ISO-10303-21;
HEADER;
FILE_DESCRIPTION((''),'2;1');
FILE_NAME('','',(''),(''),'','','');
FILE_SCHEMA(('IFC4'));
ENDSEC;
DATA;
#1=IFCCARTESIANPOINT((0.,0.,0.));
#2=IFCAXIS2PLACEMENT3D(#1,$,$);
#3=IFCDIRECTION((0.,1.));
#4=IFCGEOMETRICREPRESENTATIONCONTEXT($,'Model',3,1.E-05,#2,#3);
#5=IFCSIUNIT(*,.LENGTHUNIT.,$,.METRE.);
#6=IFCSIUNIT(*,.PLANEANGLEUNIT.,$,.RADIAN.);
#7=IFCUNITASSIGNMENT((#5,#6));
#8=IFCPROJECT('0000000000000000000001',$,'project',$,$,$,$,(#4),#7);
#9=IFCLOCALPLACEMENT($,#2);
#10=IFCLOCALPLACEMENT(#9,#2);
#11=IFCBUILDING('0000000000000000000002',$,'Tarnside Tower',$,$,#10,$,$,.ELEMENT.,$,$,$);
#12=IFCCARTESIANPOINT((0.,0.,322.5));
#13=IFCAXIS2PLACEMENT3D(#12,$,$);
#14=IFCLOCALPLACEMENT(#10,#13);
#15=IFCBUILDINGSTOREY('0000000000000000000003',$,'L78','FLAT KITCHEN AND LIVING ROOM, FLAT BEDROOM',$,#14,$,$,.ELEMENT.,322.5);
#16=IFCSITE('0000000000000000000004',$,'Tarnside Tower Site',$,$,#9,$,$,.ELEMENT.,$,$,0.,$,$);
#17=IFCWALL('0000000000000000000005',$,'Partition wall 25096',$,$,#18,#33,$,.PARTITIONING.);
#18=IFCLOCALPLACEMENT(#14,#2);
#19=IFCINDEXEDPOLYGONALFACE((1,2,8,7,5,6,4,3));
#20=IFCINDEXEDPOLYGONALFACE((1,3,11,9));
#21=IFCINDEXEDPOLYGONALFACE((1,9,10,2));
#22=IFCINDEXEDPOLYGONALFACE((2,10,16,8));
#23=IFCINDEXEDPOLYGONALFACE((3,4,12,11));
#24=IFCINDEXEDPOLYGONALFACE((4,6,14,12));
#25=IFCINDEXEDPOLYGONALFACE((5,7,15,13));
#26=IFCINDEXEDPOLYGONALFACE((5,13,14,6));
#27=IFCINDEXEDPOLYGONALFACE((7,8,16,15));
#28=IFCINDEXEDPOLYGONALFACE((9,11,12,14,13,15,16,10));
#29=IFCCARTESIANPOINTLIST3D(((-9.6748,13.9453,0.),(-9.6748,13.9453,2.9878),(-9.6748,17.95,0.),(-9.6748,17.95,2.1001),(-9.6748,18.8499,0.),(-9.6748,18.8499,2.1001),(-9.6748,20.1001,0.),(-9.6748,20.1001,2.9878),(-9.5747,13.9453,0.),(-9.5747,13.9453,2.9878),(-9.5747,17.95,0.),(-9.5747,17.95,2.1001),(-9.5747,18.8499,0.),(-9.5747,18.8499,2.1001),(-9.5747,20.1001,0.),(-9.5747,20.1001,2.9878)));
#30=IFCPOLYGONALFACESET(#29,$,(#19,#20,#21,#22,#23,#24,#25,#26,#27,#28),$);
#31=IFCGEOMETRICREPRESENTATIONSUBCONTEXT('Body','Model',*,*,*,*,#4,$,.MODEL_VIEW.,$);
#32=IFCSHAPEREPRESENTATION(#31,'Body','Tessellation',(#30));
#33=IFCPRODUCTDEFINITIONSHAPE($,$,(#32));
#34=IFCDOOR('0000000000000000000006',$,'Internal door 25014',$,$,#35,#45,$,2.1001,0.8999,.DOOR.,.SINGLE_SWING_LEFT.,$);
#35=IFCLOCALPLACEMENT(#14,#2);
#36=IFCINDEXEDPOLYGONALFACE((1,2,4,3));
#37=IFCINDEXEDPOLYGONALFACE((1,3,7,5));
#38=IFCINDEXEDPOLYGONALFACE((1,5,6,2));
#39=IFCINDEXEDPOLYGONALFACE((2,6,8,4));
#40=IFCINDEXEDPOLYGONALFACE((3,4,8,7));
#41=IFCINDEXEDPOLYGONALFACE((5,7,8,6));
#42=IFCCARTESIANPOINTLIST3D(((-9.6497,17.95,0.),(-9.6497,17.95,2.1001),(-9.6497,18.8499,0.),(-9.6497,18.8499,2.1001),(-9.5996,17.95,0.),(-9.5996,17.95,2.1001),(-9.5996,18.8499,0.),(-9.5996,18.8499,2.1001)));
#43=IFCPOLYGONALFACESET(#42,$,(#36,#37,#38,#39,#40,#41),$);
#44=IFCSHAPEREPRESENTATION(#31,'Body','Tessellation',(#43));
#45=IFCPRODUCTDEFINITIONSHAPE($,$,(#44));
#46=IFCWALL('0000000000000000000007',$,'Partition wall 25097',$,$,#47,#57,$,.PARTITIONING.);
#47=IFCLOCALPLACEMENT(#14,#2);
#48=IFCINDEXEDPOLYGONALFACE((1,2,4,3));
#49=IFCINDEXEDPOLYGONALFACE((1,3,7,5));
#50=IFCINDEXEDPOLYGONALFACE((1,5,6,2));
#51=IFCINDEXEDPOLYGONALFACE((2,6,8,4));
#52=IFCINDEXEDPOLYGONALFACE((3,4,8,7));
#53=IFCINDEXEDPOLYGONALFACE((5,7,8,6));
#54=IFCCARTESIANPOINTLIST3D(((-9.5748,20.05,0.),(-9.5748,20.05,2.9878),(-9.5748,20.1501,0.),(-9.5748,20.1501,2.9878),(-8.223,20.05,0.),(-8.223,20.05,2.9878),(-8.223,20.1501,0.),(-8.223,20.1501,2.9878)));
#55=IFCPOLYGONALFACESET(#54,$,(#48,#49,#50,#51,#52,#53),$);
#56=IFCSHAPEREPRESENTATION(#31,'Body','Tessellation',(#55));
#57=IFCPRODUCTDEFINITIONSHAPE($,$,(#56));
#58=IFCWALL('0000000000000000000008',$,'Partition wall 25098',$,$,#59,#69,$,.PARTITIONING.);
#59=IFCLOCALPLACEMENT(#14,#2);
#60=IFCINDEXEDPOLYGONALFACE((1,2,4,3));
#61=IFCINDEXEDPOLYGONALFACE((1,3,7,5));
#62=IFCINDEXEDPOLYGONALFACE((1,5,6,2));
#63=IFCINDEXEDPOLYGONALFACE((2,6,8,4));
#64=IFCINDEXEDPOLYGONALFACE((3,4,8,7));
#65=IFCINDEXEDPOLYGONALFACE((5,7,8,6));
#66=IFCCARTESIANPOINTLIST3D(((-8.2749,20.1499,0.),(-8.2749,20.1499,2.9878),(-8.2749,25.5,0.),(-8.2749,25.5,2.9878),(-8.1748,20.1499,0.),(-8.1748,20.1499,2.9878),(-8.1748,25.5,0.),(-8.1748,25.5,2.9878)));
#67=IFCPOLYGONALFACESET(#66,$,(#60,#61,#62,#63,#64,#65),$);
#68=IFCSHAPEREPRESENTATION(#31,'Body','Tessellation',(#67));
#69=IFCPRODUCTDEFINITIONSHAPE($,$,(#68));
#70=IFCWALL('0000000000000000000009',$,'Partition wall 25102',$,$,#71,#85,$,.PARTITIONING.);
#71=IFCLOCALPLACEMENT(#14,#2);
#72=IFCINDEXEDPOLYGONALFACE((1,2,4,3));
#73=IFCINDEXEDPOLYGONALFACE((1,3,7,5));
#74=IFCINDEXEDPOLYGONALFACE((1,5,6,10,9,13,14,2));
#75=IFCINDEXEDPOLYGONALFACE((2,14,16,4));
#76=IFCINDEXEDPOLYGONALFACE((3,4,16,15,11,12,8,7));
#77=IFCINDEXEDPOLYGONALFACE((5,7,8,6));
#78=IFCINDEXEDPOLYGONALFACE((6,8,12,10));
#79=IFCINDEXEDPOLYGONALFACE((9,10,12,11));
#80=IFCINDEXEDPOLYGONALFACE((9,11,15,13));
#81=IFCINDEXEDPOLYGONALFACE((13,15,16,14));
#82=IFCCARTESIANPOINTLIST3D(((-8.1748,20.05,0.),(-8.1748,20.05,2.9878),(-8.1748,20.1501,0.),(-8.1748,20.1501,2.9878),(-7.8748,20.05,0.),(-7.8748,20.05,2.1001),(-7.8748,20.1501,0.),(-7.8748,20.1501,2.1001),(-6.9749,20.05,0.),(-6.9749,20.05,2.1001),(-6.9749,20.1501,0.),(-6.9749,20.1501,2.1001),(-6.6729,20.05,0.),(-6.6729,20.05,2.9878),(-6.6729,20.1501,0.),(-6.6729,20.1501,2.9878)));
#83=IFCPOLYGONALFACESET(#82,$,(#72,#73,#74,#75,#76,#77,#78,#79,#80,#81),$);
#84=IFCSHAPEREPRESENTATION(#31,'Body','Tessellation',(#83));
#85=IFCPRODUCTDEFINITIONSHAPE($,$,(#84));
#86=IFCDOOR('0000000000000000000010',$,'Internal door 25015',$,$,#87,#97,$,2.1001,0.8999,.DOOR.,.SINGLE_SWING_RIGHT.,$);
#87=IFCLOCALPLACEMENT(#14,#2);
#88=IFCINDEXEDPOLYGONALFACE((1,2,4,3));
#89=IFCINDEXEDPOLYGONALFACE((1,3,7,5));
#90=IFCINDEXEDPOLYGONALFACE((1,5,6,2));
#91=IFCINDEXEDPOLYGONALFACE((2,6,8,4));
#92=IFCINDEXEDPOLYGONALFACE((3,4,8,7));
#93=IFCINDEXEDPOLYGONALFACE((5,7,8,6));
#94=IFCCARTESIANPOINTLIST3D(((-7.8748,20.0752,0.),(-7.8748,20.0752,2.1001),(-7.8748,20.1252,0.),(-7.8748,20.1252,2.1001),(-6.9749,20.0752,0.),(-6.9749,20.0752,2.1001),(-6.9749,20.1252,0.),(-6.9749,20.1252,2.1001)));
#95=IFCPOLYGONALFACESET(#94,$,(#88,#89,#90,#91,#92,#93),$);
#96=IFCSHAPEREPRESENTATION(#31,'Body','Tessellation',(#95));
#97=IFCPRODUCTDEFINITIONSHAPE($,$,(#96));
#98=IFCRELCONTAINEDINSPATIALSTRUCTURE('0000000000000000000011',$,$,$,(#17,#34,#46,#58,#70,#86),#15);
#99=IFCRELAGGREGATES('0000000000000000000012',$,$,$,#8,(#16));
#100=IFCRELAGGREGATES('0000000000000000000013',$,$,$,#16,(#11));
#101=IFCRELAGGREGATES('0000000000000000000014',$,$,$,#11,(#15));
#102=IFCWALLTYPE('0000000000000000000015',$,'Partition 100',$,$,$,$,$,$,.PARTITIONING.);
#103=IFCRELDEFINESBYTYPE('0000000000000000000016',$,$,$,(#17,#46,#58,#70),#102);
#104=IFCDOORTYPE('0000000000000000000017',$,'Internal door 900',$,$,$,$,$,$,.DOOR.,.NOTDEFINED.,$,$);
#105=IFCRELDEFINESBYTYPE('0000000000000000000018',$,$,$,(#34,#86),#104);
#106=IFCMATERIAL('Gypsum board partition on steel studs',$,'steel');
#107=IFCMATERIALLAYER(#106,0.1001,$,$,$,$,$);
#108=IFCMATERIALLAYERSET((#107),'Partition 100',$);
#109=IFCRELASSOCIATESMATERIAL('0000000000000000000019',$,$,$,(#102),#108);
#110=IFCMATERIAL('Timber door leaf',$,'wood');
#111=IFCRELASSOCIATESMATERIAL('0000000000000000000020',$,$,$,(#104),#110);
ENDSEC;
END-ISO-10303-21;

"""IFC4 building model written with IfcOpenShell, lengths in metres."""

from ifc_helpers import new_model, si_unit, direction, frame, frame_2d, origin, place, context, subcontext, project, spatial, rectangle, extrude, material, layer, layer_set, type_object, element, fill, save


model = new_model("IFC4")

# Units and contexts
model_context = context("Model", 3, precision=1e-05, world=origin(), true_north=direction((0.0, 1.0)))
body_context = subcontext(model_context, "Body", "Model", "MODEL_VIEW")
ifc_project = project(units=[si_unit("LENGTHUNIT", "METRE"), si_unit("PLANEANGLEUNIT", "RADIAN")], contexts=[model_context])

# Site, building, storey
site_placement = place(None, origin())
site = spatial("IfcSite", under=ifc_project, at=site_placement, Name="Tarnside Tower Site", CompositionType="ELEMENT", RefElevation=0.0)
building_placement = place(site_placement, origin())
building = spatial("IfcBuilding", under=site, at=building_placement, Name="Tarnside Tower", CompositionType="ELEMENT")
storey_placement = place(building_placement, frame((0.0, 0.0, 322.5)))
storey = spatial("IfcBuildingStorey", under=building, at=storey_placement, Name="L78", Description="FLAT KITCHEN AND LIVING ROOM, FLAT BEDROOM", CompositionType="ELEMENT", Elevation=322.5)

# Shared definitions
ifc_material_1 = material(Name="Gypsum board partition on steel studs", Category="steel")
ifc_material_2 = material(Name="Timber door leaf", Category="wood")

# Wall, opening, door
ifc_layer_1 = layer(ifc_material_1, 0.1001)
ifc_layer_set_1 = layer_set([ifc_layer_1], Name="Partition 100")
wall_type_1 = type_object("IfcWallType", Name="Partition 100", PredefinedType="PARTITIONING", material=ifc_layer_set_1)
wall_1_placement = place(storey_placement, frame((-9.6248, 13.9453, 0.0), z_axis=(0.0, 0.0, 1.0), x_axis=(0.0, 1.0, 0.0)))
wall_1 = element("IfcWall", 1, at=wall_1_placement, inside=storey, type_object=wall_type_1, Name="Partition wall 25096", PredefinedType="PARTITIONING", context=body_context, shape_type="SweptSolid", body=[
    extrude(rectangle(XDim=6.1548, YDim=0.1001, at=frame_2d((3.0774, 0.0))), origin(), (0.0, 0.0, 1.0), 2.9878),
])
opening_1_placement = place(wall_1_placement, frame((4.0046, 0.0, 0.0)))
opening_1 = element("IfcOpeningElement", 2, at=opening_1_placement, cuts=wall_1, PredefinedType="OPENING", context=body_context, shape_type="SweptSolid", body=[
    extrude(rectangle(XDim=0.8999, YDim=2.1001, at=frame_2d((0.45, 1.05))), frame((0.0, 0.0601, 0.0), z_axis=(0.0, -1.0, 0.0), x_axis=(1.0, 0.0, 0.0)), (0.0, 0.0, 1.0), 0.1201),
])
door_type_1 = type_object("IfcDoorType", Name="Internal door 900", OperationType="NOTDEFINED", PredefinedType="DOOR", material=ifc_material_2)
door_1_placement = place(opening_1_placement, origin())
door_1 = element("IfcDoor", 3, at=door_1_placement, inside=storey, type_object=door_type_1, Name="Internal door 25014", OperationType="SINGLE_SWING_LEFT", OverallHeight=2.1001, OverallWidth=0.8999, PredefinedType="DOOR", context=body_context, shape_type="SweptSolid", body=[
    extrude(rectangle(XDim=0.8999, YDim=2.1001, at=frame_2d((0.45, 1.05))), frame((0.0, 0.0249, 0.0), z_axis=(0.0, -1.0, 0.0), x_axis=(1.0, 0.0, 0.0)), (0.0, 0.0, 1.0), 0.05),
])
fill(opening_1, door_1)

# Walls
wall_2_placement = place(storey_placement, frame((-9.5747, 20.1001, 0.0), z_axis=(0.0, 0.0, 1.0), x_axis=(1.0, 0.0, 0.0)))
element("IfcWall", 4, at=wall_2_placement, inside=storey, type_object=wall_type_1, Name="Partition wall 25097", PredefinedType="PARTITIONING", context=body_context, shape_type="SweptSolid", body=[
    extrude(rectangle(XDim=1.3518, YDim=0.1001, at=frame_2d((0.6758, 0.0))), origin(), (0.0, 0.0, 1.0), 2.9878),
])
wall_3_placement = place(storey_placement, frame((-8.2249, 20.1499, 0.0), z_axis=(0.0, 0.0, 1.0), x_axis=(0.0, 1.0, 0.0)))
element("IfcWall", 5, at=wall_3_placement, inside=storey, type_object=wall_type_1, Name="Partition wall 25098", PredefinedType="PARTITIONING", context=body_context, shape_type="SweptSolid", body=[
    extrude(rectangle(XDim=5.3501, YDim=0.1001, at=frame_2d((2.675, 0.0))), origin(), (0.0, 0.0, 1.0), 2.9878),
])

# Wall, opening, door
wall_4_placement = place(storey_placement, frame((-6.6729, 20.1001, 0.0), z_axis=(0.0, 0.0, 1.0), x_axis=(-1.0, 0.0, 0.0)))
wall_4 = element("IfcWall", 6, at=wall_4_placement, inside=storey, type_object=wall_type_1, Name="Partition wall 25102", PredefinedType="PARTITIONING", context=body_context, shape_type="SweptSolid", body=[
    extrude(rectangle(XDim=1.502, YDim=0.1001, at=frame_2d((0.751, 0.0))), origin(), (0.0, 0.0, 1.0), 2.9878),
])
opening_2_placement = place(wall_4_placement, frame((0.302, 0.0, 0.0)))
opening_2 = element("IfcOpeningElement", 7, at=opening_2_placement, cuts=wall_4, PredefinedType="OPENING", context=body_context, shape_type="SweptSolid", body=[
    extrude(rectangle(XDim=0.8999, YDim=2.1001, at=frame_2d((0.45, 1.05))), frame((0.0, 0.0601, 0.0), z_axis=(0.0, -1.0, 0.0), x_axis=(1.0, 0.0, 0.0)), (0.0, 0.0, 1.0), 0.1201),
])
door_2_placement = place(opening_2_placement, origin())
door_2 = element("IfcDoor", 8, at=door_2_placement, inside=storey, type_object=door_type_1, Name="Internal door 25015", OperationType="SINGLE_SWING_RIGHT", OverallHeight=2.1001, OverallWidth=0.8999, PredefinedType="DOOR", context=body_context, shape_type="SweptSolid", body=[
    extrude(rectangle(XDim=0.8999, YDim=2.1001, at=frame_2d((0.45, 1.05))), frame((0.0, 0.0249, 0.0), z_axis=(0.0, -1.0, 0.0), x_axis=(1.0, 0.0, 0.0)), (0.0, 0.0, 1.0), 0.05),
])
fill(opening_2, door_2)

save(model, "model.ifc")
